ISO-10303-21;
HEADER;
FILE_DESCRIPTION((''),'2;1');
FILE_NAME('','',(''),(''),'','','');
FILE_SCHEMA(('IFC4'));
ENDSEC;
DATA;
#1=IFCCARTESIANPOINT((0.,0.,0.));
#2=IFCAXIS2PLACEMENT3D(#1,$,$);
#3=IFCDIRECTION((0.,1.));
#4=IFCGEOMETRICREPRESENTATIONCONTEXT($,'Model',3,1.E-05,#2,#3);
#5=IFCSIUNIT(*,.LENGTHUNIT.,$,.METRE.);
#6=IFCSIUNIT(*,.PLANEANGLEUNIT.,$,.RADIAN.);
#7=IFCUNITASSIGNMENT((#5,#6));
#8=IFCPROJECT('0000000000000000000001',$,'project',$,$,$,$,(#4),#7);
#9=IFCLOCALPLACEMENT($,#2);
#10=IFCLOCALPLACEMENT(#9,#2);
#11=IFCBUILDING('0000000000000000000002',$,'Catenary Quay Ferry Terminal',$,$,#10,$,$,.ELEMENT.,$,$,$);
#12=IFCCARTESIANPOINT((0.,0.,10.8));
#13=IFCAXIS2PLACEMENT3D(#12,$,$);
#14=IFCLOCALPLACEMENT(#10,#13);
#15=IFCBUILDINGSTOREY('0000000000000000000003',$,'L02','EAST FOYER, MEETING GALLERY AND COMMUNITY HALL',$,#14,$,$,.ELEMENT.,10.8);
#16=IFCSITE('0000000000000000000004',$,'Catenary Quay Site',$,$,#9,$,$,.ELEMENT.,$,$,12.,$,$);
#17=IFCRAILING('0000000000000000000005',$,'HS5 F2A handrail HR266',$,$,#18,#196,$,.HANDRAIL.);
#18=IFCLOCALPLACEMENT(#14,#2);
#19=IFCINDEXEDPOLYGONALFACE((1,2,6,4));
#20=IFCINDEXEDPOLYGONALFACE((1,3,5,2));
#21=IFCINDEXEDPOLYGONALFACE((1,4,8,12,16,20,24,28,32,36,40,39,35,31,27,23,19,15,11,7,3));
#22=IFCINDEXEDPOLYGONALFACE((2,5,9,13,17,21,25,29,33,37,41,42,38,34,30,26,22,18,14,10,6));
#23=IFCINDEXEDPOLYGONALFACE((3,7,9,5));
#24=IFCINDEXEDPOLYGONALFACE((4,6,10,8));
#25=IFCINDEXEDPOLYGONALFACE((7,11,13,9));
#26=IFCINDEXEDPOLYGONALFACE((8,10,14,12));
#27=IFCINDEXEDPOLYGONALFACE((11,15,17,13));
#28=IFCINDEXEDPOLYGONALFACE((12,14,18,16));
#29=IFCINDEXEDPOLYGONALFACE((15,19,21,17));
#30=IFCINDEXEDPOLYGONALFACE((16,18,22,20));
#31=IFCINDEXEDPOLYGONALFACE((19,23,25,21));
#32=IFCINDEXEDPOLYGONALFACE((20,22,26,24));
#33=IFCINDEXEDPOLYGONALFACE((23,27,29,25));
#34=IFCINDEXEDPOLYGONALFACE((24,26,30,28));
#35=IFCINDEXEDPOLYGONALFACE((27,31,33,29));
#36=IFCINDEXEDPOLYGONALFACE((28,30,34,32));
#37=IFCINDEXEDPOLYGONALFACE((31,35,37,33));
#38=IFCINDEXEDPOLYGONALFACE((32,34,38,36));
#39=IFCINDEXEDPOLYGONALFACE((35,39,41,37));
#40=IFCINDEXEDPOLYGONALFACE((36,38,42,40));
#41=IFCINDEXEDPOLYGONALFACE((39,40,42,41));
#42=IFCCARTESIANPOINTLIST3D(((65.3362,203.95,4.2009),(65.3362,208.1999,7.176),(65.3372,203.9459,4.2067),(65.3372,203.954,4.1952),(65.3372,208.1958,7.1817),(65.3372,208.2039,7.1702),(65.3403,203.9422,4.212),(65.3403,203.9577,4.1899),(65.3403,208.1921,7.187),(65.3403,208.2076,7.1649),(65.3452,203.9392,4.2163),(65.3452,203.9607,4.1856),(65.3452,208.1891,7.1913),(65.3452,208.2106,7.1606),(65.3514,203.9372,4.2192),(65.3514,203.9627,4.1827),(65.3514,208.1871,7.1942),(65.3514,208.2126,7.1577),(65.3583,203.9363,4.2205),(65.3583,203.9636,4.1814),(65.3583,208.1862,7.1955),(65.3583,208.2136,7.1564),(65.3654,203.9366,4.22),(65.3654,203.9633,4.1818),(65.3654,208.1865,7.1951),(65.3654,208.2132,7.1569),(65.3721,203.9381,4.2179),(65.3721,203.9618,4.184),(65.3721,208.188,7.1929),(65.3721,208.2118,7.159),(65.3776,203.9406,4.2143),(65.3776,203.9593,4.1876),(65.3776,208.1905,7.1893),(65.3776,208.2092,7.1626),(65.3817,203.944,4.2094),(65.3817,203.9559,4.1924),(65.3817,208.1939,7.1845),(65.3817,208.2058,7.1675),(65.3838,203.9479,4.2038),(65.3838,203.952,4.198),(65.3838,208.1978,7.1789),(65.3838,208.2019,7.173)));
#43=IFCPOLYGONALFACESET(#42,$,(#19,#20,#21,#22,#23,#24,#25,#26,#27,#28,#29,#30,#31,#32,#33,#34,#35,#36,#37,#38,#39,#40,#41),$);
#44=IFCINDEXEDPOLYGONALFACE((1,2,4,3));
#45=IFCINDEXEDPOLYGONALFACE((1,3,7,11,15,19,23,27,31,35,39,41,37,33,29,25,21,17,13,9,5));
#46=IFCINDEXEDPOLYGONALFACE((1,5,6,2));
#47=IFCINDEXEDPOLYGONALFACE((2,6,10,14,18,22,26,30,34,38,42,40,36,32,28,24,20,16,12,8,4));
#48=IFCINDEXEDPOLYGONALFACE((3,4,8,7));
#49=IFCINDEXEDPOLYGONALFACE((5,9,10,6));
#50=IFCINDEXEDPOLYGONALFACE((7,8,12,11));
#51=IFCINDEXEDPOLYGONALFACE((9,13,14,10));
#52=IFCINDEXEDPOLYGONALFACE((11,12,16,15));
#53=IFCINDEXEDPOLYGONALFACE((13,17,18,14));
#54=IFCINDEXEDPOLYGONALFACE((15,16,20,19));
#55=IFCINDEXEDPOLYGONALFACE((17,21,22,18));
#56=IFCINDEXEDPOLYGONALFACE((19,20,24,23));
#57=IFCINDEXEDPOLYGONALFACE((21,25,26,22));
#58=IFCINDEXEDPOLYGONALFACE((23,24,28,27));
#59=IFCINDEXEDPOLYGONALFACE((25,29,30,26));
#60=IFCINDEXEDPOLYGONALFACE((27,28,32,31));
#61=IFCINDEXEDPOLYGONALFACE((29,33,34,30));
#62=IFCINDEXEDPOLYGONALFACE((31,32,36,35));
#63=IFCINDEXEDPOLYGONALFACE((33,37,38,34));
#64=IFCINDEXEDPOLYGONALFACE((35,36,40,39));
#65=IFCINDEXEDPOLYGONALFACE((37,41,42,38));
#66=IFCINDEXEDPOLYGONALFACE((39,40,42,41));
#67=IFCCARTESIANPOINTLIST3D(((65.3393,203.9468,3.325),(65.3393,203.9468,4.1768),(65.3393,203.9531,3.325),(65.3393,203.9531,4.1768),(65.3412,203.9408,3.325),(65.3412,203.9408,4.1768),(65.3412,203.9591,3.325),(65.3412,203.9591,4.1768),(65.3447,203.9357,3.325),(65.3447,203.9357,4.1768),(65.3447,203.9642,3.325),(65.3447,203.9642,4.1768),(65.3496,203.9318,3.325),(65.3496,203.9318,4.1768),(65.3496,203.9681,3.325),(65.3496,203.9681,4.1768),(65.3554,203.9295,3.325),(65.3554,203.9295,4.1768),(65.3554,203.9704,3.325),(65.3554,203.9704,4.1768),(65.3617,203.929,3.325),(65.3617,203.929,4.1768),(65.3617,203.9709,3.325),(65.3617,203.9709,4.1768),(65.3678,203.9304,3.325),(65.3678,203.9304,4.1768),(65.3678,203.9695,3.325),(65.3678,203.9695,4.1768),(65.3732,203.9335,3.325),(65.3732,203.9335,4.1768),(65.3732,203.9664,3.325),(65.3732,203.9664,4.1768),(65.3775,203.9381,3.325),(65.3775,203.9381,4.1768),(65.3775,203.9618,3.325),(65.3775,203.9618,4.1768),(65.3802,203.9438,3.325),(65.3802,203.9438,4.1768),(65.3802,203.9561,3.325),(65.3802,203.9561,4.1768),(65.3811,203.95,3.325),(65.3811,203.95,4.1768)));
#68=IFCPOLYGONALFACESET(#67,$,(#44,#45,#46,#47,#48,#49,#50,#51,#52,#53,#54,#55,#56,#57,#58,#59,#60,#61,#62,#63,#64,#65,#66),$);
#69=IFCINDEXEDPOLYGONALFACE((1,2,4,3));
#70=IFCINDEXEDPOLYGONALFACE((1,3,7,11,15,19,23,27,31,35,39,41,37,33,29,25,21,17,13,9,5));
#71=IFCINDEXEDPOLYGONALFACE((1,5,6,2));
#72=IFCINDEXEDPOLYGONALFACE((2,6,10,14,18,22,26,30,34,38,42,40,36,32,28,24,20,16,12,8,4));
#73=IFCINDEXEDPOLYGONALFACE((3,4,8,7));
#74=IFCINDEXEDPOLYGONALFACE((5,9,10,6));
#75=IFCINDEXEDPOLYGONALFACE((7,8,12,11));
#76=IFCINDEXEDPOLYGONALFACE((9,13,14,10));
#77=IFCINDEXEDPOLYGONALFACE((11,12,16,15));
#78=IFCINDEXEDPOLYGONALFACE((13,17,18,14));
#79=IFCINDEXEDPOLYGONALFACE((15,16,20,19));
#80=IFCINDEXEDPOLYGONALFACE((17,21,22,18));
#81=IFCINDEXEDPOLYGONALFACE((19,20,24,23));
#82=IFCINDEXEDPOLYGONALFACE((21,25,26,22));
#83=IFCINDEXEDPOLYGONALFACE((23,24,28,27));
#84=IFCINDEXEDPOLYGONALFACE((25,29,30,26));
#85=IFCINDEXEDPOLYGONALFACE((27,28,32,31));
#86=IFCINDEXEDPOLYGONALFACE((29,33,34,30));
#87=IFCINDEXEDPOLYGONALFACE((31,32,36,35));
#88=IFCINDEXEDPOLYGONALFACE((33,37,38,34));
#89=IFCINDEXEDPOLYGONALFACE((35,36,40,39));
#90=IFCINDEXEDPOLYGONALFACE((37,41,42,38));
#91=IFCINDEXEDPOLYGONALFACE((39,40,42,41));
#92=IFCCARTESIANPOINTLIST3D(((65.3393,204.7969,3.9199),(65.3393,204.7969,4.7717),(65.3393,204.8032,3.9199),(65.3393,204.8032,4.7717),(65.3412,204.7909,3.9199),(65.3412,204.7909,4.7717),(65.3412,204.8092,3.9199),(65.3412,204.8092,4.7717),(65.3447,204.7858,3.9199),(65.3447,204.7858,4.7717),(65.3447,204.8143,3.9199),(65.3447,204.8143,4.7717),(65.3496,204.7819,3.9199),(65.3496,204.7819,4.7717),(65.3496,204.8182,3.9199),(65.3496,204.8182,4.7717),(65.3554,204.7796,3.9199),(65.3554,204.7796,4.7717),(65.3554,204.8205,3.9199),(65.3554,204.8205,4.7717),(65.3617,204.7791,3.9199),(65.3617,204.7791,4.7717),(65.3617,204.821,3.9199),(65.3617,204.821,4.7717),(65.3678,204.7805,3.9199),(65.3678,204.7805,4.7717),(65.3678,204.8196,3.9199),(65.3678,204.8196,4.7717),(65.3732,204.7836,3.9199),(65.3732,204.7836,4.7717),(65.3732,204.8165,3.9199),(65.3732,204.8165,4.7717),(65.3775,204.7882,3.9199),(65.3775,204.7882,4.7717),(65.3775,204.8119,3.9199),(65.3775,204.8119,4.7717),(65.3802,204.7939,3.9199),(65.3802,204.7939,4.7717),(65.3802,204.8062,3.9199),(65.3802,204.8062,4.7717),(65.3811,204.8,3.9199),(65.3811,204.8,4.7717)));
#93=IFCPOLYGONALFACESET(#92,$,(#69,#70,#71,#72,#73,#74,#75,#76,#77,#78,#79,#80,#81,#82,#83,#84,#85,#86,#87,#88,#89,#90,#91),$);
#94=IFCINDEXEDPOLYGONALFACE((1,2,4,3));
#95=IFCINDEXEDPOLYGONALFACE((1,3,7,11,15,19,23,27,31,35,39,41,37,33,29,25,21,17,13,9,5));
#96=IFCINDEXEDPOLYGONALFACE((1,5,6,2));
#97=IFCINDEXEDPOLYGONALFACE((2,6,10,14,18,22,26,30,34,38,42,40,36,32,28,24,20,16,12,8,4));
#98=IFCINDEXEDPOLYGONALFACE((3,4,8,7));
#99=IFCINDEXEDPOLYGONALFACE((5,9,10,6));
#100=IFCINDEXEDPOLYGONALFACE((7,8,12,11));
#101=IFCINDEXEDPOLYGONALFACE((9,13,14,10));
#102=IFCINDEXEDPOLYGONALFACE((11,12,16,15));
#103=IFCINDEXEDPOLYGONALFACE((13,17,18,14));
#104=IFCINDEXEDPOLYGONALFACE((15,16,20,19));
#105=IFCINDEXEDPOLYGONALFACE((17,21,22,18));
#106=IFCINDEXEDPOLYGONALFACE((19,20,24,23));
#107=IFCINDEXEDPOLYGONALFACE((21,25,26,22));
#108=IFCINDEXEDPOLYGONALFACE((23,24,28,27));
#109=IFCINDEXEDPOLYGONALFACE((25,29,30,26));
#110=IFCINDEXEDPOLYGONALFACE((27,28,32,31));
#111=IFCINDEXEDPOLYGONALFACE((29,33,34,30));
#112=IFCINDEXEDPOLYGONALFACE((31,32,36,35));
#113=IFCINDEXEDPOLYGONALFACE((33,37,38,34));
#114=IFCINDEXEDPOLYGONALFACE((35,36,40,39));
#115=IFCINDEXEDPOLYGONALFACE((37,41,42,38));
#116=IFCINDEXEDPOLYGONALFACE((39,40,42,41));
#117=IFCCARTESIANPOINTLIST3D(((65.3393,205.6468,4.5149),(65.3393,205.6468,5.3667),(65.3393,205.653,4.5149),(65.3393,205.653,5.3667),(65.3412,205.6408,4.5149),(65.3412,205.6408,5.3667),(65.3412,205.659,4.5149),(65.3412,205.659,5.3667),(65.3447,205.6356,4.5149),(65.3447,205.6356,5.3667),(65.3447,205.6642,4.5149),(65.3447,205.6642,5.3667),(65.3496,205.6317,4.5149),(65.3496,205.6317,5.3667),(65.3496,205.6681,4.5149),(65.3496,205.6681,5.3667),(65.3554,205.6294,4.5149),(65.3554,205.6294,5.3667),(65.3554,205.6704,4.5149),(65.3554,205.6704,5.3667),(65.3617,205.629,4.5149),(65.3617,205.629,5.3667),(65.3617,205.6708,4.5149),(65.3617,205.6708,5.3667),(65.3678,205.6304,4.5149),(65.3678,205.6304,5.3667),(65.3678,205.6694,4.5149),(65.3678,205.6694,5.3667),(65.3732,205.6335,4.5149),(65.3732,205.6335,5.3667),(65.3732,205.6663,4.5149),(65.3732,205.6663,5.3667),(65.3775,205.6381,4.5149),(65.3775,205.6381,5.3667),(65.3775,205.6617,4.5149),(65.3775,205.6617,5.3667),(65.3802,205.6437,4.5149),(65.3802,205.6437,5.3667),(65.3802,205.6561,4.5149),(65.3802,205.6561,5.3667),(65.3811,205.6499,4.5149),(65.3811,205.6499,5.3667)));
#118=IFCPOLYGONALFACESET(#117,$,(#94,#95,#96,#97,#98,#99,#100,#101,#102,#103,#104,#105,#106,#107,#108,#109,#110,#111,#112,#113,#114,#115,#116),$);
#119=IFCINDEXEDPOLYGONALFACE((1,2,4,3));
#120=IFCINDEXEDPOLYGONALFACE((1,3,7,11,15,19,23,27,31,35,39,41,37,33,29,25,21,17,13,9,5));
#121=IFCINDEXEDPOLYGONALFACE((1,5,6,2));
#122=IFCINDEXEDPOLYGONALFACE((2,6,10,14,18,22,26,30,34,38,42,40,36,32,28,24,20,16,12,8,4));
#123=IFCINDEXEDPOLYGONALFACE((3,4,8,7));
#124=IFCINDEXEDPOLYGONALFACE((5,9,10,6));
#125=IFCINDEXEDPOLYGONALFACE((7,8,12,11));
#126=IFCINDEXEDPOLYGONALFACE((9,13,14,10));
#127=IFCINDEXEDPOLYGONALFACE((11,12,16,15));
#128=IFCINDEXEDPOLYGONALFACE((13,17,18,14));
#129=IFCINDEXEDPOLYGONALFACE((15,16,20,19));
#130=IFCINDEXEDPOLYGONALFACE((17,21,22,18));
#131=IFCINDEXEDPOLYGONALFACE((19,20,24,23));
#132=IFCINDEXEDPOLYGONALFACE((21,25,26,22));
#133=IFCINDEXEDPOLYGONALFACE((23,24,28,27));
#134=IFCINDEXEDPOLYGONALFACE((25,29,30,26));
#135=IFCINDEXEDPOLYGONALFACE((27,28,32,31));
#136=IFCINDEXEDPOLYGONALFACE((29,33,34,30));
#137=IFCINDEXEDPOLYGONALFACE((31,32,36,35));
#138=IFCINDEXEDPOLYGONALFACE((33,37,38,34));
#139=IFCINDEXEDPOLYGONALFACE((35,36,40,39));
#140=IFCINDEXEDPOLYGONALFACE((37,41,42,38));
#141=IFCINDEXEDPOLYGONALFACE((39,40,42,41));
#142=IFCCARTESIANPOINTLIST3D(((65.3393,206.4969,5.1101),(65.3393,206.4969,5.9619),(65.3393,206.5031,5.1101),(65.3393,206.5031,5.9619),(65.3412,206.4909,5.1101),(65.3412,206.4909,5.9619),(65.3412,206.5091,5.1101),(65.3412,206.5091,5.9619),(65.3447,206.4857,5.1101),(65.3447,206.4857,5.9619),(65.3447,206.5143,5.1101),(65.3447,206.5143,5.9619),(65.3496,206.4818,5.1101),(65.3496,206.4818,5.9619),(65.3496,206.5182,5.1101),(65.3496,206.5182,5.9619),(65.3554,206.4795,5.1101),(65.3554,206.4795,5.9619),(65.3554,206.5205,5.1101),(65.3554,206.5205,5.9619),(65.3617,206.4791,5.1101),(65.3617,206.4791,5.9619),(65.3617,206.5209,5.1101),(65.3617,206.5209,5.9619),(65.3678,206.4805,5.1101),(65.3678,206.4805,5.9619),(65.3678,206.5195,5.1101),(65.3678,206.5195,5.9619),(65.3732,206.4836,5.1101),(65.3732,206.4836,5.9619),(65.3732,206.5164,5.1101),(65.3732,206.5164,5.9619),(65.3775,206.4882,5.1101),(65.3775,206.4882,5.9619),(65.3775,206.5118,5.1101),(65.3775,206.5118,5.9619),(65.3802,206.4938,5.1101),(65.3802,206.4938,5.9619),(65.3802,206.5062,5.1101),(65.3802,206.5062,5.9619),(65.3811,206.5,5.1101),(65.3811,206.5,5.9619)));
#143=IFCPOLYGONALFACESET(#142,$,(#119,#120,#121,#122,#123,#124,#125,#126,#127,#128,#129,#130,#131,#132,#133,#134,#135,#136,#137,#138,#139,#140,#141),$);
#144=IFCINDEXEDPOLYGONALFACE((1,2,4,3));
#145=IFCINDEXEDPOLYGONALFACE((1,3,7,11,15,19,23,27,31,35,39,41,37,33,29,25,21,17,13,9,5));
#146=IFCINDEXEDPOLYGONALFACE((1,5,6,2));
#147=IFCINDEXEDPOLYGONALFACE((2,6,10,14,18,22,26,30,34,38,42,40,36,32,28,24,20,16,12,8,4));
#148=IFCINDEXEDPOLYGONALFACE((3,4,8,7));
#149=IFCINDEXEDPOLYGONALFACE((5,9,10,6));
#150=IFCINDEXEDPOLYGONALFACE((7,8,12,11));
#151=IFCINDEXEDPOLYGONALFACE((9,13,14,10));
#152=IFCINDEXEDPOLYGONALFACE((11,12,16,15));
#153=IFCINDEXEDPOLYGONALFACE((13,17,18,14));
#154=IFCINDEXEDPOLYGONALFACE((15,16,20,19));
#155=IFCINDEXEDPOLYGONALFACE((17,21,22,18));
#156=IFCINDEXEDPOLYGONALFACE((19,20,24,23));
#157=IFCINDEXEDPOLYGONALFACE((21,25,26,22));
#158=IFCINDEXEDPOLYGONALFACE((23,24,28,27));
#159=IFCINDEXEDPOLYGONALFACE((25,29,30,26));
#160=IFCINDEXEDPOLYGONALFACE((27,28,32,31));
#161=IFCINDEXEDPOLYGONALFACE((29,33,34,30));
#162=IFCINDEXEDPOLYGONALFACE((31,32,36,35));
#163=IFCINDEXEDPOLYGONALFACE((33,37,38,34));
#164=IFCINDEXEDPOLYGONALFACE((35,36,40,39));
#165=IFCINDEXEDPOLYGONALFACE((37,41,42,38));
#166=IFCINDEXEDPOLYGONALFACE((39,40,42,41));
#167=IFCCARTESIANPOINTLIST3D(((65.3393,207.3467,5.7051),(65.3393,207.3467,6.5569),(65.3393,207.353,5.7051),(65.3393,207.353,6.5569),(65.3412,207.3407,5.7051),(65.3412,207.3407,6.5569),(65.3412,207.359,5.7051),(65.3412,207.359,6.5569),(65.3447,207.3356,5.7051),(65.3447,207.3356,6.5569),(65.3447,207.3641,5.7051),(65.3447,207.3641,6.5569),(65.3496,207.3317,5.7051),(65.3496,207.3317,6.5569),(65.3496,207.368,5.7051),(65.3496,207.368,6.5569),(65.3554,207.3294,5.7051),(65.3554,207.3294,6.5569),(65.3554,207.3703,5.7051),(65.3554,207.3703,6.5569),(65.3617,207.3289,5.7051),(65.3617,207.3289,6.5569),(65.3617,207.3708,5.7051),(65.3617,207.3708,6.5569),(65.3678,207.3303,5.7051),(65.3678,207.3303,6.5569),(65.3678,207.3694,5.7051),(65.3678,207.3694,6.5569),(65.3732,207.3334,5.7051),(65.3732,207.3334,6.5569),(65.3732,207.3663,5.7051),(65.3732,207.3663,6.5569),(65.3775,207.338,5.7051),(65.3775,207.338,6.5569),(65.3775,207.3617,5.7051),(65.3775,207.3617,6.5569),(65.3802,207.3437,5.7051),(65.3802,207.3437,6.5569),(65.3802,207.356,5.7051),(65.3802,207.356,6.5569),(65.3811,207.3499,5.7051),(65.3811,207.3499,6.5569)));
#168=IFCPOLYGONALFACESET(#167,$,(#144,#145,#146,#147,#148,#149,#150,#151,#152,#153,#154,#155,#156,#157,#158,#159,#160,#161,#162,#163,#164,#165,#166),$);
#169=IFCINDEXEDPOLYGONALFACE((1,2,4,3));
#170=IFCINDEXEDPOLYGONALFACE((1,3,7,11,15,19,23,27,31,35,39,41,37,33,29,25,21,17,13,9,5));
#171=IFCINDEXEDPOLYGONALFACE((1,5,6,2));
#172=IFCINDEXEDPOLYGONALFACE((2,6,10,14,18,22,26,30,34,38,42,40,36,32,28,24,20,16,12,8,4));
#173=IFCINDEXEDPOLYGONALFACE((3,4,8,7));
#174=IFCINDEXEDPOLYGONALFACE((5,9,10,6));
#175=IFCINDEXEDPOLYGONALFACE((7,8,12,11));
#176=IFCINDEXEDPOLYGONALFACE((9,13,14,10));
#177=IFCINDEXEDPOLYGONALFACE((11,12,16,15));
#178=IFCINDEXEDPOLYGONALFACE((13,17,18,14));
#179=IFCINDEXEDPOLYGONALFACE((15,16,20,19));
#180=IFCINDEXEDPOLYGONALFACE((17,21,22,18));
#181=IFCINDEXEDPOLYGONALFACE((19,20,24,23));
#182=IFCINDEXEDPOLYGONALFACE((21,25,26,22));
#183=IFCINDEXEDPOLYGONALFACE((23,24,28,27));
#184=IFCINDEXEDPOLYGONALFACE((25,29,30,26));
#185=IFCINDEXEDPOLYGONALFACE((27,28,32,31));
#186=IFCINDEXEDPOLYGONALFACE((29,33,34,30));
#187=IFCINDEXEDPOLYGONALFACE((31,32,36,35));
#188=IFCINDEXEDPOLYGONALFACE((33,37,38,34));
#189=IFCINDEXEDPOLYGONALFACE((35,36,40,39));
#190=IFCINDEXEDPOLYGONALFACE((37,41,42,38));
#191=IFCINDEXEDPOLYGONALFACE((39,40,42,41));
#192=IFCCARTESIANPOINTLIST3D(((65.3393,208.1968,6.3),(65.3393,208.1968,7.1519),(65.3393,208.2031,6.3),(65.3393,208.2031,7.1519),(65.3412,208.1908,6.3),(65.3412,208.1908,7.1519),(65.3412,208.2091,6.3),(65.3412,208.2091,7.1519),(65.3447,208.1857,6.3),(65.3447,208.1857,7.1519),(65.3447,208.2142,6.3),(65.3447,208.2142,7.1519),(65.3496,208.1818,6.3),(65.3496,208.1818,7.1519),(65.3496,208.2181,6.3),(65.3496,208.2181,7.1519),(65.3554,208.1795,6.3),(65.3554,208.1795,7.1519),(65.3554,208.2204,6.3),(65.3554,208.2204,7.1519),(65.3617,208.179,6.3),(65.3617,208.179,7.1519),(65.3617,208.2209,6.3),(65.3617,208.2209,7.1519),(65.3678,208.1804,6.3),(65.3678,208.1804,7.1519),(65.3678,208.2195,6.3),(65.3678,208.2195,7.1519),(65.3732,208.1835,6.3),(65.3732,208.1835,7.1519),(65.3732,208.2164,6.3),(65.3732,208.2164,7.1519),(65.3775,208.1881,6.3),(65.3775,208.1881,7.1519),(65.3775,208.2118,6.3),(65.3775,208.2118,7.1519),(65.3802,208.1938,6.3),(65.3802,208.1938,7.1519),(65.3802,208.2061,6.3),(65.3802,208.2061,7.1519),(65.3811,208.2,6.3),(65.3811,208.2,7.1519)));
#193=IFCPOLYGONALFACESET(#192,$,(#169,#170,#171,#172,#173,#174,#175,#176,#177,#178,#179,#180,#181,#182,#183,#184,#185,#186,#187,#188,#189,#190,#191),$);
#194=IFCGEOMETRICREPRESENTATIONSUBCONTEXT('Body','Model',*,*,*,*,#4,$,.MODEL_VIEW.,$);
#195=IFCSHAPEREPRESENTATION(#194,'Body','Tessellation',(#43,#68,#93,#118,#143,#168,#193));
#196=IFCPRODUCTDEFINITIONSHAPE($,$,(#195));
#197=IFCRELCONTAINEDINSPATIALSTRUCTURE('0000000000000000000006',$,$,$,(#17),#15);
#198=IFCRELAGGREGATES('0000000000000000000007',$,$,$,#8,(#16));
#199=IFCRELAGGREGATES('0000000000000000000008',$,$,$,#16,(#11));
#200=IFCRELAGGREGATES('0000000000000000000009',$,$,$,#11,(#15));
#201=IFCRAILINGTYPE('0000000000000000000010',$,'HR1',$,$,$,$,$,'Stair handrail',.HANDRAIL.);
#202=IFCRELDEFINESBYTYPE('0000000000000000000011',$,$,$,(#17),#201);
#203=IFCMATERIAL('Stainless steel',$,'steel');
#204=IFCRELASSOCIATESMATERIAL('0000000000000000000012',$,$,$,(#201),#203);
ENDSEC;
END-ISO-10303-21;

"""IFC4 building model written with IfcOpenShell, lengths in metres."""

from ifc_helpers import new_model, si_unit, direction, frame, origin, origin_2d, place, context, subcontext, project, spatial, circle, extrude, material, type_object, element, save


model = new_model("IFC4")

# Units and contexts
model_context = context("Model", 3, precision=1e-05, world=origin(), true_north=direction((0.0, 1.0)))
body_context = subcontext(model_context, "Body", "Model", "MODEL_VIEW")
ifc_project = project(units=[si_unit("LENGTHUNIT", "METRE"), si_unit("PLANEANGLEUNIT", "RADIAN")], contexts=[model_context])

# Site, building, storey
site_placement = place(None, origin())
site = spatial("IfcSite", under=ifc_project, at=site_placement, Name="Catenary Quay Site", CompositionType="ELEMENT", RefElevation=12.0)
building_placement = place(site_placement, origin())
building = spatial("IfcBuilding", under=site, at=building_placement, Name="Catenary Quay Ferry Terminal", CompositionType="ELEMENT")
storey_placement = place(building_placement, frame((0.0, 0.0, 10.8)))
storey = spatial("IfcBuildingStorey", under=building, at=storey_placement, Name="L02", Description="EAST FOYER, MEETING GALLERY AND COMMUNITY HALL", CompositionType="ELEMENT", Elevation=10.8)

# Railing
ifc_material_1 = material(Name="Stainless steel", Category="steel")
railing_type = type_object("IfcRailingType", Name="HR1", ElementType="Stair handrail", PredefinedType="HANDRAIL", material=ifc_material_1)
for number, where, name in (
    (1, (65.3601, 203.95, 3.325), "HS5 F2A handrail HR266"),
):
    element("IfcRailing", number, at=place(storey_placement, frame(where)), inside=storey, type_object=railing_type, Name=name, PredefinedType="HANDRAIL", context=body_context, shape_type="SweptSolid", body=[
        extrude(circle(Radius=0.0239, at=origin_2d()), frame((0.0, 0.0, 0.876), z_axis=(0.0, 0.819223, 0.573475), x_axis=(-1.0, 0.0, 0.0)), (0.0, 0.0, 1.0), 5.1877),
        extrude(circle(Radius=0.021, at=origin_2d()), origin(), (0.0, 0.0, 1.0), 0.8518),
        extrude(circle(Radius=0.021, at=origin_2d()), frame((0.0, 0.8501, 0.595)), (0.0, 0.0, 1.0), 0.8518),
        extrude(circle(Radius=0.021, at=origin_2d()), frame((0.0, 1.7, 1.1899)), (0.0, 0.0, 1.0), 0.8518),
        extrude(circle(Radius=0.021, at=origin_2d()), frame((0.0, 2.55, 1.7852)), (0.0, 0.0, 1.0), 0.8518),
        extrude(circle(Radius=0.021, at=origin_2d()), frame((0.0, 3.3999, 2.3801)), (0.0, 0.0, 1.0), 0.8518),
        extrude(circle(Radius=0.021, at=origin_2d()), frame((0.0, 4.25, 2.9751)), (0.0, 0.0, 1.0), 0.8518),
    ])

save(model, "model.ifc")
